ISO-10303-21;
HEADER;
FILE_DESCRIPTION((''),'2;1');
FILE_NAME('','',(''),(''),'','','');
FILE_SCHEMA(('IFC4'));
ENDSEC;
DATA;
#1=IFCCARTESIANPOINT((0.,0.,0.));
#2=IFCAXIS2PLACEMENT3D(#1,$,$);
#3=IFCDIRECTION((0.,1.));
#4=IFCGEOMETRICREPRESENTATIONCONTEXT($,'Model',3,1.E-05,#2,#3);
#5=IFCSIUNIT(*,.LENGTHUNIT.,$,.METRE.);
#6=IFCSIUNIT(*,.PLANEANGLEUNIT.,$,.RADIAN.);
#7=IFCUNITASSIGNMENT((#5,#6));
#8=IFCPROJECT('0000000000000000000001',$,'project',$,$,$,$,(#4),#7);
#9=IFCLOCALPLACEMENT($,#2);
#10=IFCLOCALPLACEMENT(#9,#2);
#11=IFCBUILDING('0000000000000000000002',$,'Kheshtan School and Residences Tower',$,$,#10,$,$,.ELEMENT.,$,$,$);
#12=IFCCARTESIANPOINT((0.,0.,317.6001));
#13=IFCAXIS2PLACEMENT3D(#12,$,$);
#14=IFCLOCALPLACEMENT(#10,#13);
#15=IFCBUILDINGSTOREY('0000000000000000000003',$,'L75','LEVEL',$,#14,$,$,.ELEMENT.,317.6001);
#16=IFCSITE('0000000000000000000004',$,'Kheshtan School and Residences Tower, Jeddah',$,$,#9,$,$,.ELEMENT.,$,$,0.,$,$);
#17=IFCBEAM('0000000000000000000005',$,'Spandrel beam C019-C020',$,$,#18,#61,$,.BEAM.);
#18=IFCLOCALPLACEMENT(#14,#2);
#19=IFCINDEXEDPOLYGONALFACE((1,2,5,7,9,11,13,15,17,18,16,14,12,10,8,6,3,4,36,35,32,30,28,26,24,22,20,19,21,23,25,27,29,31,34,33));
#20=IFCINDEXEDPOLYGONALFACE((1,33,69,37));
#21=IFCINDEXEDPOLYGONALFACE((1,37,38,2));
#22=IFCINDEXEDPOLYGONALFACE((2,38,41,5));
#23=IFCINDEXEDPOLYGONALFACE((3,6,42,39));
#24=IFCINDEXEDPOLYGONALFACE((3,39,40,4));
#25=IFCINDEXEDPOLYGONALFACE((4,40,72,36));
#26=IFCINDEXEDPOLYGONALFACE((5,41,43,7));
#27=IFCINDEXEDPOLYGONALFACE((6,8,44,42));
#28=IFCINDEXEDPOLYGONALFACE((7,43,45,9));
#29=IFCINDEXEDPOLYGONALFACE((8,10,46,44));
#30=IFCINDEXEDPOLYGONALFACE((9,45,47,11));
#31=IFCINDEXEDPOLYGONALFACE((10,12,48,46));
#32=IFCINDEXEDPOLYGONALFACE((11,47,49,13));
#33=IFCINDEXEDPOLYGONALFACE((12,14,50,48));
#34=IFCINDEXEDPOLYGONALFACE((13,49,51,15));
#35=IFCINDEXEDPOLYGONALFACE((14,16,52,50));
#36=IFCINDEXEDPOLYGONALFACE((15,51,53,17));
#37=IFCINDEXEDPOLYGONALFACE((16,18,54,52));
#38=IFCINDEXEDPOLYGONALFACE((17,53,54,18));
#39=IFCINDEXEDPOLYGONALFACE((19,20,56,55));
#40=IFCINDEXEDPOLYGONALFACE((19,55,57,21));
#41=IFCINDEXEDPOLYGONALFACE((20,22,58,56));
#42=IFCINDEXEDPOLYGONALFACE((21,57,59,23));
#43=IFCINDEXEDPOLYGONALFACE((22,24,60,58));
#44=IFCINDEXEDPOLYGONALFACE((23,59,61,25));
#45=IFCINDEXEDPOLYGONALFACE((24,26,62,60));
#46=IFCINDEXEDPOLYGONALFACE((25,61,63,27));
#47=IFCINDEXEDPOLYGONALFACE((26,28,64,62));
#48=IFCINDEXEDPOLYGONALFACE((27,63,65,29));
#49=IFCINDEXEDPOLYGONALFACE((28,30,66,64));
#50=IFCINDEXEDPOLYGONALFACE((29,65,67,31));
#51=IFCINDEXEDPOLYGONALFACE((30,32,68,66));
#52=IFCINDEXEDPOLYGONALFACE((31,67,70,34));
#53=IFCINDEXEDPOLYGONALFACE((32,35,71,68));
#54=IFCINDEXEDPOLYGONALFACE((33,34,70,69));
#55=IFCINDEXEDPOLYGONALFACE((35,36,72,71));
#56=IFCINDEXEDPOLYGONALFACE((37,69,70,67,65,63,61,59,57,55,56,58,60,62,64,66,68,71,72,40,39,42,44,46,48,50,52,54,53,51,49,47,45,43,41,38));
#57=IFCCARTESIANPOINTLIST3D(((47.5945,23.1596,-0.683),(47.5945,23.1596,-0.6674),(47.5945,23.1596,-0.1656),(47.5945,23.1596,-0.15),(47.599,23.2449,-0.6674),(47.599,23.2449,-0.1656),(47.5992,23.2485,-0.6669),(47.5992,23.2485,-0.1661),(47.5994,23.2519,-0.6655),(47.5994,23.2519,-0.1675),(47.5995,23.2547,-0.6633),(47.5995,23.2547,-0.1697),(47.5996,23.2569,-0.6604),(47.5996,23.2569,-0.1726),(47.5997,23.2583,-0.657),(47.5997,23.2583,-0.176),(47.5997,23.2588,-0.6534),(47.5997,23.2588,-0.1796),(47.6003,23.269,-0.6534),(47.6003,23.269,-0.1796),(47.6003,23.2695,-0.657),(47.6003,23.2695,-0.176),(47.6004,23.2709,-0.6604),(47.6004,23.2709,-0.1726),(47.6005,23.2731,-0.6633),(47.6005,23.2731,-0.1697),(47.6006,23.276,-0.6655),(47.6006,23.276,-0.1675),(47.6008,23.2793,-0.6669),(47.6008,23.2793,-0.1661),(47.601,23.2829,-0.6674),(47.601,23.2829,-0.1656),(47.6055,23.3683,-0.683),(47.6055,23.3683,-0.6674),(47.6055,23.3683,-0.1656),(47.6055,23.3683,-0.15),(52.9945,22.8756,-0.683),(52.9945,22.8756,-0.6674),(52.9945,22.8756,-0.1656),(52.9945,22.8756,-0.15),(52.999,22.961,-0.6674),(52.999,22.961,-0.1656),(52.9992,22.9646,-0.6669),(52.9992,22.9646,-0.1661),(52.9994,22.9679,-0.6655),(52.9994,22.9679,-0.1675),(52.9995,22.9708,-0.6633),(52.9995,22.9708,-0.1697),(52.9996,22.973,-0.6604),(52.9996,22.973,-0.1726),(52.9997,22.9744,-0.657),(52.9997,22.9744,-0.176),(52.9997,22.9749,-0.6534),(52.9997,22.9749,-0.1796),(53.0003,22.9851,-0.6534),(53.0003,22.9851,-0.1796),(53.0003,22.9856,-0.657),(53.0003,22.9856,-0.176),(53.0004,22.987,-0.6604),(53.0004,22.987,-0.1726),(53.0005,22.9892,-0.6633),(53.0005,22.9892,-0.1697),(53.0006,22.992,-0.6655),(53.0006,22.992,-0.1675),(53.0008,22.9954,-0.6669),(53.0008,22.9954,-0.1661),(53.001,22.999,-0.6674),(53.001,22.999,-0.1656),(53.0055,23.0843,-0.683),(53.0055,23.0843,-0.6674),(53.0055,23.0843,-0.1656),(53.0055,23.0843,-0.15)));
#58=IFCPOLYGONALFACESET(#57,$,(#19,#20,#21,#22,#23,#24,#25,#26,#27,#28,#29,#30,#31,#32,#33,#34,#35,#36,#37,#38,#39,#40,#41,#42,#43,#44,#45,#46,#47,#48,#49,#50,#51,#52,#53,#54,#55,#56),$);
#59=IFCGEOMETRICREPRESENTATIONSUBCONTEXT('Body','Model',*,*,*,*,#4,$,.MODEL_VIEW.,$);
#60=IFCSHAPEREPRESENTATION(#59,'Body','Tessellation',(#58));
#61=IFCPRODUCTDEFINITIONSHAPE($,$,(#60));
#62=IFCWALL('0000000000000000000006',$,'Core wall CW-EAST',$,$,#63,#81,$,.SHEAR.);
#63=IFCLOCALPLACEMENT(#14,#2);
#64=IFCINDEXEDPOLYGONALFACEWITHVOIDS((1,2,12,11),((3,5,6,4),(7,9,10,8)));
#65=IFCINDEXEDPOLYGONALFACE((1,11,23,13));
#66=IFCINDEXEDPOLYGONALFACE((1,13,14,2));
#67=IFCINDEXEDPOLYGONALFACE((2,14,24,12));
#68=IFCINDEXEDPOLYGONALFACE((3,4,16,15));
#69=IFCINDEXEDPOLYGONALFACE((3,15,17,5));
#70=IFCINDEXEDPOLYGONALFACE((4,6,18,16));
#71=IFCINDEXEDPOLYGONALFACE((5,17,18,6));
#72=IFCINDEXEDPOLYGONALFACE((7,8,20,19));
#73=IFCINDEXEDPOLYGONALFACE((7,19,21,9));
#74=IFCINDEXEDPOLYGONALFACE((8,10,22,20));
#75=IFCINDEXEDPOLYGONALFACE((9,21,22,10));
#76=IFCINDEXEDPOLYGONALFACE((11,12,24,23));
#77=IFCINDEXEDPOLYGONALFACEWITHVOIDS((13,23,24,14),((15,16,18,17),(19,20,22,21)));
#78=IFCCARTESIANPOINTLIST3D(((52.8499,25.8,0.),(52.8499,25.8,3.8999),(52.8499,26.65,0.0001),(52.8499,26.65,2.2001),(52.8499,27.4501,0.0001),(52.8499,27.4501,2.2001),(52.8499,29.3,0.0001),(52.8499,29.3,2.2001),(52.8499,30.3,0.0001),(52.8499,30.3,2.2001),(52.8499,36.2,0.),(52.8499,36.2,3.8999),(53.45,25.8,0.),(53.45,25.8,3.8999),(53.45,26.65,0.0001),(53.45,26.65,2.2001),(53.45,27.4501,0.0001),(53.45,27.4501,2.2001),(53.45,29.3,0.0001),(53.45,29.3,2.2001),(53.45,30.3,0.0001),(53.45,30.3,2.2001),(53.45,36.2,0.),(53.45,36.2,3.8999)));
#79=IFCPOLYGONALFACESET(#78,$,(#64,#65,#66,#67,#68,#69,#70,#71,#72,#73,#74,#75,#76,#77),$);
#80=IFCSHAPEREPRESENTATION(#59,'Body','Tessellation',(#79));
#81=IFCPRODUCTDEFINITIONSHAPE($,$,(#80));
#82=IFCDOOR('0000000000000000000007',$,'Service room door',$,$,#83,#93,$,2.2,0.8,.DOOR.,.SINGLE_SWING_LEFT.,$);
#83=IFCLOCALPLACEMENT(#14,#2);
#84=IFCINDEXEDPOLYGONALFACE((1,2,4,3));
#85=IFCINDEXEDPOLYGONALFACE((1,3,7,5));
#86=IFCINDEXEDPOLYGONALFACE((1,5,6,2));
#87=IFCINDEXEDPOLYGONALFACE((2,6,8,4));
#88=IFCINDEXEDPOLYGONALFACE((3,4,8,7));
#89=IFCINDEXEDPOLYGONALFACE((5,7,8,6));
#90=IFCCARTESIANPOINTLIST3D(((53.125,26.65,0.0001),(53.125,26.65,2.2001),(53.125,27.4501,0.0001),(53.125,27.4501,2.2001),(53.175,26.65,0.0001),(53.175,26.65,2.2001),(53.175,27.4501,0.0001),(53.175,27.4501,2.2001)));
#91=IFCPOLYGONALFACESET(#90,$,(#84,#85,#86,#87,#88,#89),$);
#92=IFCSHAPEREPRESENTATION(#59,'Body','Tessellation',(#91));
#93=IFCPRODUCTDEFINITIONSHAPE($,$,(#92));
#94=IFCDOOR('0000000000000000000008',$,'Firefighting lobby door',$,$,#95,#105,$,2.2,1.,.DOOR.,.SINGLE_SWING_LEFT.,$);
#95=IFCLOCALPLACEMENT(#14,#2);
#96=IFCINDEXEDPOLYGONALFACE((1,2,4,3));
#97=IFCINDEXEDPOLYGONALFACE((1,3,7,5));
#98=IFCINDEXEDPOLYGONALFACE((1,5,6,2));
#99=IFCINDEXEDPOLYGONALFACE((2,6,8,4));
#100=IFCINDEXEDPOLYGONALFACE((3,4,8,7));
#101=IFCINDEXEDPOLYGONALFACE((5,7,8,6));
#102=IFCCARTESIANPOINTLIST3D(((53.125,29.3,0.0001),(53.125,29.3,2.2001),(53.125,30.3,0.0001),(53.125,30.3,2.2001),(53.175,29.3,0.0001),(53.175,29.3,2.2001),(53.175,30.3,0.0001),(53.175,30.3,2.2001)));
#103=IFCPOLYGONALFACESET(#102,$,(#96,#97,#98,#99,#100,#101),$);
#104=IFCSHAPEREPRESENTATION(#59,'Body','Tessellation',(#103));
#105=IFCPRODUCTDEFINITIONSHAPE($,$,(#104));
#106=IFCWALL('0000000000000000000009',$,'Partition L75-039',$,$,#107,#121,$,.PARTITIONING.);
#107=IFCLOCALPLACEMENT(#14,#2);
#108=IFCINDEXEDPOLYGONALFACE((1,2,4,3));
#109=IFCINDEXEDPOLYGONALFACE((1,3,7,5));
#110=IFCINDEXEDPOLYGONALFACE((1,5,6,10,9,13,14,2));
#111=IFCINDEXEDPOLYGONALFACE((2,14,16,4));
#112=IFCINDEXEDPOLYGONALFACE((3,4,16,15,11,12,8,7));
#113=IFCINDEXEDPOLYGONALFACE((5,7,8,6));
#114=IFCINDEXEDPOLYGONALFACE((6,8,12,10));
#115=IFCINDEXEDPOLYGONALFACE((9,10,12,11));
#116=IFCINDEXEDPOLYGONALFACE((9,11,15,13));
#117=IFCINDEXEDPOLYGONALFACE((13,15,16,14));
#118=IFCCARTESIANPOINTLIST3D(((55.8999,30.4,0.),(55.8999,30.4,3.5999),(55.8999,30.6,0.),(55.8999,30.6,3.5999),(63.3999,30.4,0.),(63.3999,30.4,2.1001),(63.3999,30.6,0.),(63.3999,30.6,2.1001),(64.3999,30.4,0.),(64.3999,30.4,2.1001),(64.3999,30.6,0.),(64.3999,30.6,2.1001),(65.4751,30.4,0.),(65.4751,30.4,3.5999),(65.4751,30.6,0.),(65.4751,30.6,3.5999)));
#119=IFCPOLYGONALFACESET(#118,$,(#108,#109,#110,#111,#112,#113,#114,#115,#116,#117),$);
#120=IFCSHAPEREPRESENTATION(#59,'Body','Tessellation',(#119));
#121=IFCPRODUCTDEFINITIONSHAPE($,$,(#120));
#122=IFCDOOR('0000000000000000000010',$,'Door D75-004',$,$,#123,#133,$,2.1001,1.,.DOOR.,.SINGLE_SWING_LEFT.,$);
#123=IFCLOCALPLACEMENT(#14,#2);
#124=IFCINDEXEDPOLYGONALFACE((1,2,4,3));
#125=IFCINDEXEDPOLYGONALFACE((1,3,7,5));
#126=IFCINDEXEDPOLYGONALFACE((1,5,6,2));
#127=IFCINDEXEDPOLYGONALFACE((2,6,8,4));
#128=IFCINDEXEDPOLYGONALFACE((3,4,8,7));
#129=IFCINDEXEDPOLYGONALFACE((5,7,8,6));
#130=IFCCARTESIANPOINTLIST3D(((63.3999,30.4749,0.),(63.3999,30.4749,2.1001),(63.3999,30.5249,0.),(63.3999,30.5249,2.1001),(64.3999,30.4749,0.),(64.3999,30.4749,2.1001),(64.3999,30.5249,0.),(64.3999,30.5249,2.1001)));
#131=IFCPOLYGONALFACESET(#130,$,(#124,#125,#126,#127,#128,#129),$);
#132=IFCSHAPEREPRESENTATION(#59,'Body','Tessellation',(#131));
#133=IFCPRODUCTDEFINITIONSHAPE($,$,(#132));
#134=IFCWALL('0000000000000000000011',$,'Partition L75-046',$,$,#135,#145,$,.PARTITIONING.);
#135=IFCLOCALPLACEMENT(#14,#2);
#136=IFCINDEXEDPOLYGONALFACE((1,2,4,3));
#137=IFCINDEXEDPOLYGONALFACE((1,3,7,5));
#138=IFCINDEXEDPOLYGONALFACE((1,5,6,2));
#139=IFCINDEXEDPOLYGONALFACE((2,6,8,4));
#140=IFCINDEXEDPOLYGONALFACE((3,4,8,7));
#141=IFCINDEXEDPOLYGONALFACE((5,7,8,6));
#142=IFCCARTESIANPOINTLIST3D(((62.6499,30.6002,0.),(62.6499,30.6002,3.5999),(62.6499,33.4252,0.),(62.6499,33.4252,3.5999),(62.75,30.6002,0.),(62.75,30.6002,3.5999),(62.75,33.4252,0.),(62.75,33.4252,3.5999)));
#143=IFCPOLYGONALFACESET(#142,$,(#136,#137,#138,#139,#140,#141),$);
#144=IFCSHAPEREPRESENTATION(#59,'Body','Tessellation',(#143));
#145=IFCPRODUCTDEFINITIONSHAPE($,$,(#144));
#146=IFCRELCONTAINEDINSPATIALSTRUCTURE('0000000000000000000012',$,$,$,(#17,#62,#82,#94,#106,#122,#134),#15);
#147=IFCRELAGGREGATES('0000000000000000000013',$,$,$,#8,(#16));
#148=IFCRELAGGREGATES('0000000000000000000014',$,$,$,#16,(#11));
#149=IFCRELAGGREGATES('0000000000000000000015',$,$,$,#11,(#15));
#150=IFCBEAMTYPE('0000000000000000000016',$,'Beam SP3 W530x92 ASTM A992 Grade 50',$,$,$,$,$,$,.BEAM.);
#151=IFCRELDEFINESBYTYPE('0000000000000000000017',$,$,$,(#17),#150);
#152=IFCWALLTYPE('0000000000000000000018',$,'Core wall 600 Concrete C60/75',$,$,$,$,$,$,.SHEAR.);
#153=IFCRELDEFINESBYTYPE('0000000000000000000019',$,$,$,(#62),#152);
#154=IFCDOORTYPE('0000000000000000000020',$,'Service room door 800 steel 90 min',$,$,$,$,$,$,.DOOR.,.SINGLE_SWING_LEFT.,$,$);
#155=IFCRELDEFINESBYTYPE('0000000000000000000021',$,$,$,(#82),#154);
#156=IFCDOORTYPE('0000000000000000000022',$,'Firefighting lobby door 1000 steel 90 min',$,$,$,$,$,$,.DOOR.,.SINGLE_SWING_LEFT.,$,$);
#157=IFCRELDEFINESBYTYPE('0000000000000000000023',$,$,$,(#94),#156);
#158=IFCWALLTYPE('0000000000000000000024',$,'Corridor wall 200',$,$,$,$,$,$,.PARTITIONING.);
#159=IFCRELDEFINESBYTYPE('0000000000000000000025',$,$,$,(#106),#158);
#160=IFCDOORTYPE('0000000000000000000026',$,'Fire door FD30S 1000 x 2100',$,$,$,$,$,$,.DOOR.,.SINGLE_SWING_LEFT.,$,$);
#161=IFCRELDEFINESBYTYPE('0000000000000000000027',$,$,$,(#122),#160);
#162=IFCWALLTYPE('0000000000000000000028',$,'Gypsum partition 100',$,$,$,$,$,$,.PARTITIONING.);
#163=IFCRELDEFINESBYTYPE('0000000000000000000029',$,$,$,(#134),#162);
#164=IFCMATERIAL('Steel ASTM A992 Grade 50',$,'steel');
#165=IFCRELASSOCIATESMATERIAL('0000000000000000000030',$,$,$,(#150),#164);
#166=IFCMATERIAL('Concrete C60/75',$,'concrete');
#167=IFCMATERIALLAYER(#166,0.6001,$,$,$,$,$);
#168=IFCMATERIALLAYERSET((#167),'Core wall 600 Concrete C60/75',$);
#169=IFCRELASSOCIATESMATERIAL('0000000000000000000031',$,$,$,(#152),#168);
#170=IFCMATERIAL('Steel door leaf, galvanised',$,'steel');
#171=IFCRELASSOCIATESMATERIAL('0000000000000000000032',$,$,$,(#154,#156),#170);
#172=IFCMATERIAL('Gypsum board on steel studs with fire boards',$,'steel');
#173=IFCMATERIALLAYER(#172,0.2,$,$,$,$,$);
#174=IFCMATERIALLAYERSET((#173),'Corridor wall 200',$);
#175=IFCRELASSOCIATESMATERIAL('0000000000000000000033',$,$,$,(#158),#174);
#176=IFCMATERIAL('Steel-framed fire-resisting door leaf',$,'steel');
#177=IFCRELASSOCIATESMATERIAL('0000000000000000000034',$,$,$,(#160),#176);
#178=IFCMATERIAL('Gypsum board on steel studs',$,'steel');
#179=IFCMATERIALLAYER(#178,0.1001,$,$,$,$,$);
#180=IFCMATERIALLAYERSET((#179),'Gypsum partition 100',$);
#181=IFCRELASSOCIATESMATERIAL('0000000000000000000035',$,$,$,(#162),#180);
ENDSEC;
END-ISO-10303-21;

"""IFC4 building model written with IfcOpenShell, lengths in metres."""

from ifc_helpers import new_model, si_unit, direction, frame, frame_2d, origin, origin_2d, place, context, subcontext, project, spatial, rectangle, i_section, extrude, source, transform, mapped, material, layer, layer_set, material_profile, profile_set, type_object, element, fill, save


model = new_model("IFC4")

# Units and contexts
model_context = context("Model", 3, precision=1e-05, world=origin(), true_north=direction((0.0, 1.0)))
body_context = subcontext(model_context, "Body", "Model", "MODEL_VIEW")
ifc_project = project(units=[si_unit("LENGTHUNIT", "METRE"), si_unit("PLANEANGLEUNIT", "RADIAN")], contexts=[model_context])

# Site, building, storey
site_placement = place(None, origin())
site = spatial("IfcSite", under=ifc_project, at=site_placement, Name="Kheshtan School and Residences Tower, Jeddah", CompositionType="ELEMENT", RefElevation=0.0)
building_placement = place(site_placement, origin())
building = spatial("IfcBuilding", under=site, at=building_placement, Name="Kheshtan School and Residences Tower", CompositionType="ELEMENT")
storey_placement = place(building_placement, frame((0.0, 0.0, 317.6001)))
storey = spatial("IfcBuildingStorey", under=building, at=storey_placement, Name="L75", Description="LEVEL", CompositionType="ELEMENT", Elevation=317.6001)

# Shared definitions
ifc_material_1 = material(Name="Steel ASTM A992 Grade 50", Category="steel")

# Beam
ifc_material_profile_1 = material_profile(ifc_material_1, i_section(OverallWidth=0.209, OverallDepth=0.533, WebThickness=0.0103, FlangeThickness=0.0156, FilletRadius=0.0139, at=origin_2d()), Name="W530x92")
ifc_profile_set_1 = profile_set([ifc_material_profile_1], Name="Steel ASTM A992 Grade 50")
beam_type_1 = type_object("IfcBeamType", Name="Beam SP3 W530x92 ASTM A992 Grade 50", PredefinedType="BEAM", material=ifc_profile_set_1)
for number, where, z_axis, x_axis, name in (
    (1, (53.0, 22.98, -0.4165), (-0.99862, 0.052509, 0.0), (-0.052509, -0.99862, 0.0), "Spandrel beam C019-C020"),
):
    element("IfcBeam", number, at=place(storey_placement, frame(where, z_axis=z_axis, x_axis=x_axis)), inside=storey, type_object=beam_type_1, Name=name, PredefinedType="BEAM", context=body_context, shape_type="SweptSolid", body=[
        extrude(i_section(OverallWidth=0.209, OverallDepth=0.533, WebThickness=0.0103, FlangeThickness=0.0156, FilletRadius=0.0139, at=origin_2d()), origin(), (0.0, 0.0, 1.0), 5.4075),
    ])

# Wall, openings, doors
ifc_material_2 = material(Name="Concrete C60/75", Category="concrete")
ifc_layer_1 = layer(ifc_material_2, 0.6001)
ifc_layer_set_1 = layer_set([ifc_layer_1], Name="Core wall 600 Concrete C60/75")
wall_type_1 = type_object("IfcWallType", Name="Core wall 600 Concrete C60/75", PredefinedType="SHEAR", material=ifc_layer_set_1)
wall_1_placement = place(storey_placement, frame((53.1499, 25.8, 0.0), z_axis=(0.0, 0.0, 1.0), x_axis=(0.0, 1.0, 0.0)))
wall_1 = element("IfcWall", 2, at=wall_1_placement, inside=storey, type_object=wall_type_1, Name="Core wall CW-EAST", PredefinedType="SHEAR", context=body_context, shape_type="SweptSolid", body=[
    extrude(rectangle(XDim=10.3999, YDim=0.6001, at=frame_2d((5.2, 0.0))), origin(), (0.0, 0.0, 1.0), 3.8999),
])
opening_1_placement = place(wall_1_placement, frame((0.8501, 0.0, 0.0)))
opening_1 = element("IfcOpeningElement", 3, at=opening_1_placement, cuts=wall_1, PredefinedType="OPENING", context=body_context, shape_type="SweptSolid", body=[
    extrude(rectangle(XDim=0.8, YDim=2.2, at=frame_2d((0.3999, 1.1001))), frame((0.0, 0.3101, 0.0), z_axis=(0.0, -1.0, 0.0), x_axis=(1.0, 0.0, 0.0)), (0.0, 0.0, 1.0), 0.6201),
])
opening_2_placement = place(wall_1_placement, frame((3.5, 0.0, 0.0)))
opening_2 = element("IfcOpeningElement", 4, at=opening_2_placement, cuts=wall_1, PredefinedType="OPENING", context=body_context, shape_type="SweptSolid", body=[
    extrude(rectangle(XDim=1.0, YDim=2.2, at=frame_2d((0.5, 1.1001))), frame((0.0, 0.3101, 0.0), z_axis=(0.0, -1.0, 0.0), x_axis=(1.0, 0.0, 0.0)), (0.0, 0.0, 1.0), 0.6201),
])
ifc_material_3 = material(Name="Steel door leaf, galvanised", Category="steel")
door_type_1 = type_object("IfcDoorType", Name="Service room door 800 steel 90 min", OperationType="SINGLE_SWING_LEFT", PredefinedType="DOOR", material=ifc_material_3)
shared_shape_1 = source(origin(), body_context, "Body", "SweptSolid", [
    extrude(rectangle(XDim=0.8, YDim=2.2, at=frame_2d((0.3999, 1.1001))), frame((0.0, 0.0249, 0.0), z_axis=(0.0, -1.0, 0.0), x_axis=(1.0, 0.0, 0.0)), (0.0, 0.0, 1.0), 0.05),
])
door_1_placement = place(opening_1_placement, origin())
door_1 = element("IfcDoor", 5, at=door_1_placement, inside=storey, type_object=door_type_1, Name="Service room door", OperationType="SINGLE_SWING_LEFT", OverallHeight=2.2, OverallWidth=0.8, PredefinedType="DOOR", context=body_context, shape_type="MappedRepresentation", body=[
    mapped(shared_shape_1, transform((0.0, 0.0, 0.0), x_axis=(1.0, 0.0, 0.0), y_axis=(0.0, 1.0, 0.0), z_axis=(0.0, 0.0, 1.0), scale=1.0)),
])
fill(opening_1, door_1)
door_type_2 = type_object("IfcDoorType", Name="Firefighting lobby door 1000 steel 90 min", OperationType="SINGLE_SWING_LEFT", PredefinedType="DOOR", material=ifc_material_3)
shared_shape_2 = source(origin(), body_context, "Body", "SweptSolid", [
    extrude(rectangle(XDim=1.0, YDim=2.2, at=frame_2d((0.5, 1.1001))), frame((0.0, 0.0249, 0.0), z_axis=(0.0, -1.0, 0.0), x_axis=(1.0, 0.0, 0.0)), (0.0, 0.0, 1.0), 0.05),
])
door_2_placement = place(opening_2_placement, origin())
door_2 = element("IfcDoor", 6, at=door_2_placement, inside=storey, type_object=door_type_2, Name="Firefighting lobby door", OperationType="SINGLE_SWING_LEFT", OverallHeight=2.2, OverallWidth=1.0, PredefinedType="DOOR", context=body_context, shape_type="MappedRepresentation", body=[
    mapped(shared_shape_2, transform((0.0, 0.0, 0.0), x_axis=(1.0, 0.0, 0.0), y_axis=(0.0, 1.0, 0.0), z_axis=(0.0, 0.0, 1.0), scale=1.0)),
])
fill(opening_2, door_2)

# Wall, opening, door
ifc_material_4 = material(Name="Gypsum board on steel studs with fire boards", Category="steel")
ifc_layer_2 = layer(ifc_material_4, 0.2)
ifc_layer_set_2 = layer_set([ifc_layer_2], Name="Corridor wall 200")
wall_type_2 = type_object("IfcWallType", Name="Corridor wall 200", PredefinedType="PARTITIONING", material=ifc_layer_set_2)
wall_2_placement = place(storey_placement, frame((55.8999, 30.5, 0.0), z_axis=(0.0, 0.0, 1.0), x_axis=(1.0, 0.0, 0.0)))
wall_2 = element("IfcWall", 7, at=wall_2_placement, inside=storey, type_object=wall_type_2, Name="Partition L75-039", PredefinedType="PARTITIONING", context=body_context, shape_type="SweptSolid", body=[
    extrude(rectangle(XDim=9.5752, YDim=0.2, at=frame_2d((4.7876, 0.0))), origin(), (0.0, 0.0, 1.0), 3.5999),
])
opening_3_placement = place(wall_2_placement, frame((7.5, 0.0, 0.0)))
opening_3 = element("IfcOpeningElement", 8, at=opening_3_placement, cuts=wall_2, PredefinedType="OPENING", context=body_context, shape_type="SweptSolid", body=[
    extrude(rectangle(XDim=1.0, YDim=2.1001, at=frame_2d((0.5, 1.05))), frame((0.0, 0.1099, 0.0), z_axis=(0.0, -1.0, 0.0), x_axis=(1.0, 0.0, 0.0)), (0.0, 0.0, 1.0), 0.22),
])
ifc_material_5 = material(Name="Steel-framed fire-resisting door leaf", Category="steel")
door_type_3 = type_object("IfcDoorType", Name="Fire door FD30S 1000 x 2100", OperationType="SINGLE_SWING_LEFT", PredefinedType="DOOR", material=ifc_material_5)
shared_shape_3 = source(origin(), body_context, "Body", "SweptSolid", [
    extrude(rectangle(XDim=1.0, YDim=2.1001, at=frame_2d((0.5, 1.05))), frame((0.0, 0.0249, 0.0), z_axis=(0.0, -1.0, 0.0), x_axis=(1.0, 0.0, 0.0)), (0.0, 0.0, 1.0), 0.05),
])
door_3_placement = place(opening_3_placement, origin())
door_3 = element("IfcDoor", 9, at=door_3_placement, inside=storey, type_object=door_type_3, Name="Door D75-004", OperationType="SINGLE_SWING_LEFT", OverallHeight=2.1001, OverallWidth=1.0, PredefinedType="DOOR", context=body_context, shape_type="MappedRepresentation", body=[
    mapped(shared_shape_3, transform((0.0, 0.0, 0.0), x_axis=(1.0, 0.0, 0.0), y_axis=(0.0, 1.0, 0.0), z_axis=(0.0, 0.0, 1.0), scale=1.0)),
])
fill(opening_3, door_3)

# Wall
ifc_material_6 = material(Name="Gypsum board on steel studs", Category="steel")
ifc_layer_3 = layer(ifc_material_6, 0.1001)
ifc_layer_set_3 = layer_set([ifc_layer_3], Name="Gypsum partition 100")
wall_type_3 = type_object("IfcWallType", Name="Gypsum partition 100", PredefinedType="PARTITIONING", material=ifc_layer_set_3)
wall_3_placement = place(storey_placement, frame((62.7, 30.6001, 0.0), z_axis=(0.0, 0.0, 1.0), x_axis=(0.0, 1.0, 0.0)))
element("IfcWall", 10, at=wall_3_placement, inside=storey, type_object=wall_type_3, Name="Partition L75-046", PredefinedType="PARTITIONING", context=body_context, shape_type="SweptSolid", body=[
    extrude(rectangle(XDim=2.825, YDim=0.1001, at=frame_2d((1.4126, 0.0))), origin(), (0.0, 0.0, 1.0), 3.5999),
])

save(model, "model.ifc")
